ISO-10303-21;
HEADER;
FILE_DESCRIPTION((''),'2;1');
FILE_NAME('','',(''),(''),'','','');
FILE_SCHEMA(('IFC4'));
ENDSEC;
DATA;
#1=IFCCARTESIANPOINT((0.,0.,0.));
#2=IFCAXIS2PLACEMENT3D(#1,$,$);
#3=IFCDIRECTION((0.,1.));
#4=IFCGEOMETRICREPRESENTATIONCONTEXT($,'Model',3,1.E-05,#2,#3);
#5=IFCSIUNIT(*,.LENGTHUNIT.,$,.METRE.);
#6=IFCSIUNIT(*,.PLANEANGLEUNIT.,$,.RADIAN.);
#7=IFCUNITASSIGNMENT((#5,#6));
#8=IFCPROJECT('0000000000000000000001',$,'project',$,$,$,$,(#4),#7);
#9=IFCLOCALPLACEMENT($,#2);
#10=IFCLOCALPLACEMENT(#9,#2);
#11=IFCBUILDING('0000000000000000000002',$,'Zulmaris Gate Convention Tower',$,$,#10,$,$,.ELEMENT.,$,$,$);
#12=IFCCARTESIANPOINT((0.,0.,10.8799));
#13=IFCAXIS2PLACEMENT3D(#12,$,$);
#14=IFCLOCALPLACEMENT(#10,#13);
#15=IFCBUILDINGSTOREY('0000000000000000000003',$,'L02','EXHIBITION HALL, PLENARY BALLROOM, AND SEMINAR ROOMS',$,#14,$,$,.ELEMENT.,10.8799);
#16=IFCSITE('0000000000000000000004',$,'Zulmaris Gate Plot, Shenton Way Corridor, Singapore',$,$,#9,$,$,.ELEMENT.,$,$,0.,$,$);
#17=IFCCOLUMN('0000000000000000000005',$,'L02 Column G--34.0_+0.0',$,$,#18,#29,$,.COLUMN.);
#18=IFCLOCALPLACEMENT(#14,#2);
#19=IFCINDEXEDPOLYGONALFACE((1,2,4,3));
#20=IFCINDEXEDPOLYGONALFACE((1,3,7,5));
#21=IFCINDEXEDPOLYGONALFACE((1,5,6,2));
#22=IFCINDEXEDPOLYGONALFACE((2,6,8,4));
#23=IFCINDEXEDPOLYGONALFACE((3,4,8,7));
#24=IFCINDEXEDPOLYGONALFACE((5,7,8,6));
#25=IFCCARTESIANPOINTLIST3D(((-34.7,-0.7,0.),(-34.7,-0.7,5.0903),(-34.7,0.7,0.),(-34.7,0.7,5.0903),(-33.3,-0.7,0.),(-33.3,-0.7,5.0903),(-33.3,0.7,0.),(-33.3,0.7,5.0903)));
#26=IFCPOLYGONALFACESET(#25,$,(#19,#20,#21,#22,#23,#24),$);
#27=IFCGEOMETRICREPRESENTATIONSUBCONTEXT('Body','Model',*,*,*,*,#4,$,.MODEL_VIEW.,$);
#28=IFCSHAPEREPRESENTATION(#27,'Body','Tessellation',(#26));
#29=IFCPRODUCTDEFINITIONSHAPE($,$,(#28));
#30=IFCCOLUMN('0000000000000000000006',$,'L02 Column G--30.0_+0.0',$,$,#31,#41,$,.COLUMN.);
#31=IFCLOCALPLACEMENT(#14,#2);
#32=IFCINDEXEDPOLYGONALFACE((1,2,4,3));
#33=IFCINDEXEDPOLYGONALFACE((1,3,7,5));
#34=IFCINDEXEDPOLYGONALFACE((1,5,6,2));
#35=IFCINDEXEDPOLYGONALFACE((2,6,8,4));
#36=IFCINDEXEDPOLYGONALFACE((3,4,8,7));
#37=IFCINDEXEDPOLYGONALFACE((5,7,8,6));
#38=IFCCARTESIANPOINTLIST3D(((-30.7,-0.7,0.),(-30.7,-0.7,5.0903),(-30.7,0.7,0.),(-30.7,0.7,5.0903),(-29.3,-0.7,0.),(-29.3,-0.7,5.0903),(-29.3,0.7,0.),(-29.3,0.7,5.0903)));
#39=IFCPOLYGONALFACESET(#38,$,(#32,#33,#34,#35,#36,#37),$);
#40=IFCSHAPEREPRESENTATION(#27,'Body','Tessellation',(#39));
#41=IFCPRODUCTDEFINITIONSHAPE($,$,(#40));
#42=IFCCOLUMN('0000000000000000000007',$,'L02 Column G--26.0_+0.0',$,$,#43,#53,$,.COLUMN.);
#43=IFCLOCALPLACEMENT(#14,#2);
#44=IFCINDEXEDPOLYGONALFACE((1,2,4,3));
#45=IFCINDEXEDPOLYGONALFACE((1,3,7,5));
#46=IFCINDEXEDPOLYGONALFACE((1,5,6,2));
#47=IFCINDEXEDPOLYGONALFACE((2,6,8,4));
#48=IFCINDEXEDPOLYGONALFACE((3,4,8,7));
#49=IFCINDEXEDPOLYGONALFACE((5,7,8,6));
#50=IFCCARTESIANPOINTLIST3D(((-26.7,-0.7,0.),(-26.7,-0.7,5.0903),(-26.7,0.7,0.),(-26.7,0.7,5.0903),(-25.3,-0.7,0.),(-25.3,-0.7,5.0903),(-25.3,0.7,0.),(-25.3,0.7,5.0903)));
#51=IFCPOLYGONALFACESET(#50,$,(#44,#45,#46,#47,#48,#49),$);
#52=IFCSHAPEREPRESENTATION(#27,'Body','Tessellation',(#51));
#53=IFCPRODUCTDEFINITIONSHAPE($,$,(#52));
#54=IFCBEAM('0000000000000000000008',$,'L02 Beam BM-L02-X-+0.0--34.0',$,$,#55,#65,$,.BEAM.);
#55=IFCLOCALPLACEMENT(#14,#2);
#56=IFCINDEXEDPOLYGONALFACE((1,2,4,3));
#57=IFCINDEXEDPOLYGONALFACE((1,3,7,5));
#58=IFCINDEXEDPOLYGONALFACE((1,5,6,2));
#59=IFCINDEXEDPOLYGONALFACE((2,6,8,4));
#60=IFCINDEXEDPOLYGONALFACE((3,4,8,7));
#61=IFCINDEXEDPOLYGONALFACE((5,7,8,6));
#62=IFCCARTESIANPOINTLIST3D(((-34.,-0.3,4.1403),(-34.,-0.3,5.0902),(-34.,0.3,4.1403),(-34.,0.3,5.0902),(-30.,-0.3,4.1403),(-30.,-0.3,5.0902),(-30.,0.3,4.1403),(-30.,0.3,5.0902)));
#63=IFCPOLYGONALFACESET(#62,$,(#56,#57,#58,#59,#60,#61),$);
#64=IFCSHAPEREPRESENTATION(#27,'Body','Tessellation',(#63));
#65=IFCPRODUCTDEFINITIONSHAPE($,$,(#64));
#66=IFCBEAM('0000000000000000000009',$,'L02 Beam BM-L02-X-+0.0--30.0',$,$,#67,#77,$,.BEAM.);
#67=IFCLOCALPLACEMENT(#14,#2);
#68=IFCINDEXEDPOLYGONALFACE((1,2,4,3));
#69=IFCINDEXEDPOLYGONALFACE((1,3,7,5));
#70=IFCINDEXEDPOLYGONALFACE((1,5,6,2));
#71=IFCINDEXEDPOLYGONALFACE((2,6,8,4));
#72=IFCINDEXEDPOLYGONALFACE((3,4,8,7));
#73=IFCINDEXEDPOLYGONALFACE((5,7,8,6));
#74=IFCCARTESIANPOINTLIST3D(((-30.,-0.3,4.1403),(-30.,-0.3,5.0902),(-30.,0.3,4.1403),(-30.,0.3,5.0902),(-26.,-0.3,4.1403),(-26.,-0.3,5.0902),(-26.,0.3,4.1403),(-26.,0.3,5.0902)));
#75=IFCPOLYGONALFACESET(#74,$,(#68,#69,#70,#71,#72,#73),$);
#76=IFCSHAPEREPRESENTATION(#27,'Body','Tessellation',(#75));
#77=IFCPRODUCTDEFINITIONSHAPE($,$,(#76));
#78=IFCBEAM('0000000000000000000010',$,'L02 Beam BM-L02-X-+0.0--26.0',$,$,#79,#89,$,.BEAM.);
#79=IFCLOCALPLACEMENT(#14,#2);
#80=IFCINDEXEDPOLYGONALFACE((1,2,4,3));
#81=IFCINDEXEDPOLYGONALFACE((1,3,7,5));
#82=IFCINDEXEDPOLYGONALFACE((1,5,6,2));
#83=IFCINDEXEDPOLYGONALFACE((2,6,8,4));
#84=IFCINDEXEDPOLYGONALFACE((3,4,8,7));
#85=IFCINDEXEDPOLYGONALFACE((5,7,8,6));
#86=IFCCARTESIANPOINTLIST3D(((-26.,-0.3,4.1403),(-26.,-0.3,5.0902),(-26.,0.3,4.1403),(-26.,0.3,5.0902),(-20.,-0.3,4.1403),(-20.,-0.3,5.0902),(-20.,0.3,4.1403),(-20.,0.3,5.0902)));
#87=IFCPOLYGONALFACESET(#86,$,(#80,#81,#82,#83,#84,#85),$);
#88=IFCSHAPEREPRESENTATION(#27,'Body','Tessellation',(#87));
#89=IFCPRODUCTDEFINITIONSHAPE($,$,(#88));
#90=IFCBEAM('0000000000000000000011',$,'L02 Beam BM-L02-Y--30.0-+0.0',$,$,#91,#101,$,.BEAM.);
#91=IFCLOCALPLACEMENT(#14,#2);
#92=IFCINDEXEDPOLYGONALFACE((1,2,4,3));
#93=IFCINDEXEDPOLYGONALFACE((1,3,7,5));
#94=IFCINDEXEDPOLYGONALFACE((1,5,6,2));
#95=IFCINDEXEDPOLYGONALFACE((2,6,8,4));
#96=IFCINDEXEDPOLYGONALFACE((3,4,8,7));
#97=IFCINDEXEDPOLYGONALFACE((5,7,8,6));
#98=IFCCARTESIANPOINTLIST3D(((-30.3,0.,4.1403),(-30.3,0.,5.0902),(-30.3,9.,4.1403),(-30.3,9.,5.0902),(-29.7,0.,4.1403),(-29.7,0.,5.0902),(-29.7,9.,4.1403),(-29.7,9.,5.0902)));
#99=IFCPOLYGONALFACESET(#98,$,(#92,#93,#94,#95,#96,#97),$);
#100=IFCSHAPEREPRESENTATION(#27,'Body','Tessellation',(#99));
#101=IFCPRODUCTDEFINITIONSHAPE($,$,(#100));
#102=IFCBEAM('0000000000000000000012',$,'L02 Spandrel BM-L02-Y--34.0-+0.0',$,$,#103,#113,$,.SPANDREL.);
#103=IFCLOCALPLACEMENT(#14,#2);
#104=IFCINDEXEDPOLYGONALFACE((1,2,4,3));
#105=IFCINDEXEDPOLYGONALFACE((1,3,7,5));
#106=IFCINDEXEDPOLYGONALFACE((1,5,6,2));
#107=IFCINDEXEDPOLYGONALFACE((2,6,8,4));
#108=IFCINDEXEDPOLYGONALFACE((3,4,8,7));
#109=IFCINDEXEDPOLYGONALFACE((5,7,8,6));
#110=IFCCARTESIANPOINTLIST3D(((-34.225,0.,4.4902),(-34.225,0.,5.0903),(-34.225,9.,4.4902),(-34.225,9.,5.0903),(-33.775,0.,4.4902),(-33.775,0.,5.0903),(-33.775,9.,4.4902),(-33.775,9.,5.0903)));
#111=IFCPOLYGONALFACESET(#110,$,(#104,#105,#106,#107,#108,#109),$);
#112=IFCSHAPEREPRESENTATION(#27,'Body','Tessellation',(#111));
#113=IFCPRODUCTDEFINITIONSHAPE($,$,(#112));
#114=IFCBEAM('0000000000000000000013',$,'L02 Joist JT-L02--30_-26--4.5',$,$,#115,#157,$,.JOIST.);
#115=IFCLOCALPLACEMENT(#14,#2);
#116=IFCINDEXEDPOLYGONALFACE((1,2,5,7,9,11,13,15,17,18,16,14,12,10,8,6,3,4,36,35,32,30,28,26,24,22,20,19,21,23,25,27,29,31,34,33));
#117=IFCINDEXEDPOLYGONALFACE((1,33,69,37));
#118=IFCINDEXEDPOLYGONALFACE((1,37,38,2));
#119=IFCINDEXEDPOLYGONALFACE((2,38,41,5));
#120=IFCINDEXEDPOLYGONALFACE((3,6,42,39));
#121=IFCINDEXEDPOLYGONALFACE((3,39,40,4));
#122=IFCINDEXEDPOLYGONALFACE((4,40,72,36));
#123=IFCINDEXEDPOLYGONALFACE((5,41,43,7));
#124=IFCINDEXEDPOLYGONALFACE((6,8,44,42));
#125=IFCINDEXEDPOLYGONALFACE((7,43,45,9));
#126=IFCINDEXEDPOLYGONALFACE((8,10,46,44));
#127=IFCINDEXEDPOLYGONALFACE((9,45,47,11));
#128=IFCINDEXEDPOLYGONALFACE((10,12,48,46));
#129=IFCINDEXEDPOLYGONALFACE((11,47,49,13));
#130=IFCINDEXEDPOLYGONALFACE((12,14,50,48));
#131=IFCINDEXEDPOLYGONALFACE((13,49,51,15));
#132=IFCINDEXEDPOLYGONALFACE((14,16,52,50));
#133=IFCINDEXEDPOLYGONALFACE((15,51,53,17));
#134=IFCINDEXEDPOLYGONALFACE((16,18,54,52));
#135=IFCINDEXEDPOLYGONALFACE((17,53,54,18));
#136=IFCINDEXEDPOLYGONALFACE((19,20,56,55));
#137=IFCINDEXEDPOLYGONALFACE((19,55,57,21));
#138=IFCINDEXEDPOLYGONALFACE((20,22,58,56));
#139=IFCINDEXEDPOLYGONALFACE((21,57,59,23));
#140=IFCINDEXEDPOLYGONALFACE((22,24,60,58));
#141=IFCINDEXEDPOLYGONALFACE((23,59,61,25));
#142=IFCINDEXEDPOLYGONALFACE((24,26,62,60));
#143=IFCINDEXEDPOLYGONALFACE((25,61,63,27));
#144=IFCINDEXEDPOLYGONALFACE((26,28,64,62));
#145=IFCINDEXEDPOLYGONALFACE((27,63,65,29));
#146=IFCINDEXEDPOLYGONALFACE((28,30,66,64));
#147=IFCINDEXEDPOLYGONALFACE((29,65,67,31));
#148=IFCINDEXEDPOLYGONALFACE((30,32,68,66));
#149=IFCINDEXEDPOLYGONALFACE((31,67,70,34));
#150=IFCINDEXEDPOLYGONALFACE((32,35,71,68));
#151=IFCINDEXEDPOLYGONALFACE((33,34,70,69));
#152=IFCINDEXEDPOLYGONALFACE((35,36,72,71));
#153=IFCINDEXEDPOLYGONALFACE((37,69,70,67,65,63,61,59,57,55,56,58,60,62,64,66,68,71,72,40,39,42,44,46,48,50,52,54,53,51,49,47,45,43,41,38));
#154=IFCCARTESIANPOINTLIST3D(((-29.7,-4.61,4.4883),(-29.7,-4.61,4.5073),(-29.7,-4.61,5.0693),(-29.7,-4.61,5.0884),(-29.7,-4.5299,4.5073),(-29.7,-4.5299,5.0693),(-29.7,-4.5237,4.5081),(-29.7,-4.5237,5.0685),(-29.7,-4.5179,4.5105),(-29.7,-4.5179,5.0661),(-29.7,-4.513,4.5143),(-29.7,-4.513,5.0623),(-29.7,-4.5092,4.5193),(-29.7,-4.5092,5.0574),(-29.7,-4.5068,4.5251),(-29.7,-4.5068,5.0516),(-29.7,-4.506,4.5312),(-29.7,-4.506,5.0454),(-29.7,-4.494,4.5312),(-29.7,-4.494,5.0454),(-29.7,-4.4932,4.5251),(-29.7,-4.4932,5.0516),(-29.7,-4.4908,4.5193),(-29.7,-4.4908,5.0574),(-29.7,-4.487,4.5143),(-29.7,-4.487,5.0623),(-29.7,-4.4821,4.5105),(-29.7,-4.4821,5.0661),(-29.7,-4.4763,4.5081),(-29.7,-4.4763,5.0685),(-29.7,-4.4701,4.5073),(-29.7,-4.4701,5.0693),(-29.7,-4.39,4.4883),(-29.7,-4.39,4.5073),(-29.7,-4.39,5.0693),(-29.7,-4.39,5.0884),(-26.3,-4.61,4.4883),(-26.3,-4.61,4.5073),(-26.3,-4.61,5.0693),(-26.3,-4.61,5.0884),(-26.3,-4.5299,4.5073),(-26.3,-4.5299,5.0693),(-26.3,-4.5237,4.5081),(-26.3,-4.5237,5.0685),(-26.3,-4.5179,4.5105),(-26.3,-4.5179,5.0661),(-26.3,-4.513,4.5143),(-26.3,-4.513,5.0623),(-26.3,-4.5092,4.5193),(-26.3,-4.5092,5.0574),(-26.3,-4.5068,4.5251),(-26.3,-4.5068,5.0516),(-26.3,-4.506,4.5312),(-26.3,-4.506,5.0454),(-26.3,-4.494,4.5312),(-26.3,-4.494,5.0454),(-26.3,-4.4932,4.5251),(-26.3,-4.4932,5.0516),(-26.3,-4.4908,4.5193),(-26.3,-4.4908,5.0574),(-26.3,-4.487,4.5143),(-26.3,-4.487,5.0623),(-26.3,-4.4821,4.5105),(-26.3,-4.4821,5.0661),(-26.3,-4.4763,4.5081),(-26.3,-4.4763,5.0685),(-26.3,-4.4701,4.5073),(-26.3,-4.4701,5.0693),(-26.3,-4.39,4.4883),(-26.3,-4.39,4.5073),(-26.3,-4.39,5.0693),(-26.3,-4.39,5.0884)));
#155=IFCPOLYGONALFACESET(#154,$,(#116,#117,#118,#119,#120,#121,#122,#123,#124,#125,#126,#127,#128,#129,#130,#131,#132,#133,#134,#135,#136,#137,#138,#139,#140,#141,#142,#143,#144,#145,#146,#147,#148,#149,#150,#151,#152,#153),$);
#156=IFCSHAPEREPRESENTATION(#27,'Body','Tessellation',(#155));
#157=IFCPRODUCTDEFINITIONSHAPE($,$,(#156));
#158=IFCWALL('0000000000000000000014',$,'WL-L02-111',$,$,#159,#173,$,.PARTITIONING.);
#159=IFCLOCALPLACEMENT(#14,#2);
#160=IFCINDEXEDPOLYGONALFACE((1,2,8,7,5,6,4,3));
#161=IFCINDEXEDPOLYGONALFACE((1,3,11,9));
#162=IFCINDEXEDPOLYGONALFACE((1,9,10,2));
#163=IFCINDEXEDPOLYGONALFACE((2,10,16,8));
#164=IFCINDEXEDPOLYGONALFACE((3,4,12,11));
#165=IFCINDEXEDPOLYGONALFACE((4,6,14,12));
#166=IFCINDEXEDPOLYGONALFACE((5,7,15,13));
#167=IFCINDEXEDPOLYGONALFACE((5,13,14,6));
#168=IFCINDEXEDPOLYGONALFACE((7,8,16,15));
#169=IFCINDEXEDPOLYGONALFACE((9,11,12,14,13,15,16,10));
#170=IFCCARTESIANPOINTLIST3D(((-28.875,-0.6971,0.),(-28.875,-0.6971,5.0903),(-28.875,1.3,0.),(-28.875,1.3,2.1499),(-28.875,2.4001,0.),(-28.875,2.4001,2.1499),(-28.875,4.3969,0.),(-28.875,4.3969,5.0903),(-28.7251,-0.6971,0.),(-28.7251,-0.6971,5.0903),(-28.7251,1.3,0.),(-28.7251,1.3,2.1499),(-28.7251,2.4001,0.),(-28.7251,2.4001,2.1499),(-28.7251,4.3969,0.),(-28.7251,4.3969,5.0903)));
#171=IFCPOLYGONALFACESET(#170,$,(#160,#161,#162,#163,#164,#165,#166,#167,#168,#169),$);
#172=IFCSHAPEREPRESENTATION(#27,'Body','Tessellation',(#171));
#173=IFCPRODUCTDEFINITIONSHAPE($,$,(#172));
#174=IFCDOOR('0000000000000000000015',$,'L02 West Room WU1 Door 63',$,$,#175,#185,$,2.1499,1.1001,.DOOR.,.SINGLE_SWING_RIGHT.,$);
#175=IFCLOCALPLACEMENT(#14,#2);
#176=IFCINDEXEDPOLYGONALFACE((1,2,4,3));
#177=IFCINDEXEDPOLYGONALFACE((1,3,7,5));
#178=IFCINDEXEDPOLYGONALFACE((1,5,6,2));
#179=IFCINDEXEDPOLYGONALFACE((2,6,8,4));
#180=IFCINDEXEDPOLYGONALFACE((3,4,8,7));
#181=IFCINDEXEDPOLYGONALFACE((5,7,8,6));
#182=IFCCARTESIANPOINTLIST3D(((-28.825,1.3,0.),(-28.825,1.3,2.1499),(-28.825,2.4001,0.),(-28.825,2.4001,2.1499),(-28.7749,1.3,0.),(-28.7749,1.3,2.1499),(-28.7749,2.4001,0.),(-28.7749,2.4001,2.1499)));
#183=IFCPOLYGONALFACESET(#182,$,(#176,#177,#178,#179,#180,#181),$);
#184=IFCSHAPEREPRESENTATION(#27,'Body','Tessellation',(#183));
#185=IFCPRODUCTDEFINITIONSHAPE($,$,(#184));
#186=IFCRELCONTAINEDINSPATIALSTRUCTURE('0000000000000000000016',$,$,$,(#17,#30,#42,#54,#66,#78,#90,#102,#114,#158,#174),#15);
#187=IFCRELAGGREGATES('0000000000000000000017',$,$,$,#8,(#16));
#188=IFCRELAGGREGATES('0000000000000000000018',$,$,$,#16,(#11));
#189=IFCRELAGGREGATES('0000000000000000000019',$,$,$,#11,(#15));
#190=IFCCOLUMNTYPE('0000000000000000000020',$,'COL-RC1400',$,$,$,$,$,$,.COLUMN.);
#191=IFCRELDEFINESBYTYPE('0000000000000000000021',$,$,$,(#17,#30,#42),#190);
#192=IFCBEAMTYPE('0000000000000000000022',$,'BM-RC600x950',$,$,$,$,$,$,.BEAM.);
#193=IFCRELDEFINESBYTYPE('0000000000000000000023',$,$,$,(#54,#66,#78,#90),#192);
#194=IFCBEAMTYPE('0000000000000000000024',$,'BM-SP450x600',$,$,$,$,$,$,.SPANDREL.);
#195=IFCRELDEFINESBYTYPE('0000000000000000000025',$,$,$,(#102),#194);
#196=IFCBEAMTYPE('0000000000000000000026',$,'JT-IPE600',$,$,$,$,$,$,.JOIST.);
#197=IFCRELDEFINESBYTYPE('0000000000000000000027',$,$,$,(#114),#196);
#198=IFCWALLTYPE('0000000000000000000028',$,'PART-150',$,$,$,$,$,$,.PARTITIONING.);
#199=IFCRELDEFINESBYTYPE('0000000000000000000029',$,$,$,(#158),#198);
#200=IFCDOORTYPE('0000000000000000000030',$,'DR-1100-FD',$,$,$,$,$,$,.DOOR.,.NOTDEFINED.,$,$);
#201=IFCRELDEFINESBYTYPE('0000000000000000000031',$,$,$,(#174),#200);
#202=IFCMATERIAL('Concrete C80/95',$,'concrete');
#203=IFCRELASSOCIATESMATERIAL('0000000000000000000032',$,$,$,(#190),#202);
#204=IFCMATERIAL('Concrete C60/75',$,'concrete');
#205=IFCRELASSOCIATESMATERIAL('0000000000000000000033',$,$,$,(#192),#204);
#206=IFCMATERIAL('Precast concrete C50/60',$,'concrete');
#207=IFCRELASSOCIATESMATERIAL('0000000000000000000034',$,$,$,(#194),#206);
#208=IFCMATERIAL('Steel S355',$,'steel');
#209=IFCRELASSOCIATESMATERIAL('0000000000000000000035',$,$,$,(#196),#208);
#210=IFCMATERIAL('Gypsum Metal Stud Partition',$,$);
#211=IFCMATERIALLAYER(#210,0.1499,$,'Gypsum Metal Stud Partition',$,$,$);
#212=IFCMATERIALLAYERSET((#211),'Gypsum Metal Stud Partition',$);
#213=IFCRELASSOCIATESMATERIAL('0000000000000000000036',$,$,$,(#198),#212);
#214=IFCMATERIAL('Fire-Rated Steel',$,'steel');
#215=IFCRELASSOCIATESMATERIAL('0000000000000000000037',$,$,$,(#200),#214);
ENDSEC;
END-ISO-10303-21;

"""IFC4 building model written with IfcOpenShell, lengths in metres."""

from ifc_helpers import new_model, si_unit, direction, frame, frame_2d, origin, origin_2d, place, context, subcontext, project, spatial, rectangle, i_section, extrude, material, layer, layer_set, material_profile, profile_set, type_object, element, fill, save


model = new_model("IFC4")

# Units and contexts
model_context = context("Model", 3, precision=1e-05, world=origin(), true_north=direction((0.0, 1.0)))
body_context = subcontext(model_context, "Body", "Model", "MODEL_VIEW")
ifc_project = project(units=[si_unit("LENGTHUNIT", "METRE"), si_unit("PLANEANGLEUNIT", "RADIAN")], contexts=[model_context])

# Site, building, storey
site_placement = place(None, origin())
site = spatial("IfcSite", under=ifc_project, at=site_placement, Name="Zulmaris Gate Plot, Shenton Way Corridor, Singapore", CompositionType="ELEMENT", RefElevation=0.0)
building_placement = place(site_placement, origin())
building = spatial("IfcBuilding", under=site, at=building_placement, Name="Zulmaris Gate Convention Tower", CompositionType="ELEMENT")
storey_placement = place(building_placement, frame((0.0, 0.0, 10.8799)))
storey = spatial("IfcBuildingStorey", under=building, at=storey_placement, Name="L02", Description="EXHIBITION HALL, PLENARY BALLROOM, AND SEMINAR ROOMS", CompositionType="ELEMENT", Elevation=10.8799)

# Columns
ifc_material_1 = material(Name="Concrete C80/95", Category="concrete")
ifc_material_profile_1 = material_profile(ifc_material_1, rectangle(XDim=1.3999, YDim=1.3999, at=origin_2d()), Name="RC COL 1400x1400")
ifc_profile_set_1 = profile_set([ifc_material_profile_1], Name="Concrete C80/95")
column_type = type_object("IfcColumnType", Name="COL-RC1400", PredefinedType="COLUMN", material=ifc_profile_set_1)
for number, where, z_axis, x_axis, name in (
    (1, (-34.0, 0.0, 0.0), (0.0, 0.0, 1.0), (1.0, 0.0, 0.0), "L02 Column G--34.0_+0.0"),
    (2, (-30.0, 0.0, 0.0), (0.0, 0.0, 1.0), (1.0, 0.0, 0.0), "L02 Column G--30.0_+0.0"),
    (3, (-26.0, 0.0, 0.0), (0.0, 0.0, 1.0), (1.0, 0.0, 0.0), "L02 Column G--26.0_+0.0"),
):
    element("IfcColumn", number, at=place(storey_placement, frame(where, z_axis=z_axis, x_axis=x_axis)), inside=storey, type_object=column_type, Name=name, PredefinedType="COLUMN", context=body_context, shape_type="SweptSolid", body=[
        extrude(rectangle(XDim=1.3999, YDim=1.3999, at=origin_2d()), origin(), (0.0, 0.0, 1.0), 5.0903),
    ])

# Beams
ifc_material_2 = material(Name="Concrete C60/75", Category="concrete")
ifc_material_profile_2 = material_profile(ifc_material_2, rectangle(XDim=0.6001, YDim=0.95, at=origin_2d()), Name="RC BEAM 600x950")
ifc_profile_set_2 = profile_set([ifc_material_profile_2], Name="Concrete C60/75")
beam_type_1 = type_object("IfcBeamType", Name="BM-RC600x950", PredefinedType="BEAM", material=ifc_profile_set_2)
for number, where, z_axis, x_axis, name in (
    (4, (-34.0, 0.0, 4.6152), (1.0, 0.0, 0.0), (0.0, 1.0, 0.0), "L02 Beam BM-L02-X-+0.0--34.0"),
    (5, (-30.0, 0.0, 4.6152), (1.0, 0.0, 0.0), (0.0, 1.0, 0.0), "L02 Beam BM-L02-X-+0.0--30.0"),
):
    element("IfcBeam", number, at=place(storey_placement, frame(where, z_axis=z_axis, x_axis=x_axis)), inside=storey, type_object=beam_type_1, Name=name, PredefinedType="BEAM", context=body_context, shape_type="SweptSolid", body=[
        extrude(rectangle(XDim=0.6001, YDim=0.95, at=origin_2d()), origin(), (0.0, 0.0, 1.0), 4.0),
    ])
beam_1_placement = place(storey_placement, frame((-26.0, 0.0, 4.6152), z_axis=(1.0, 0.0, 0.0), x_axis=(0.0, 1.0, 0.0)))
element("IfcBeam", 6, at=beam_1_placement, inside=storey, type_object=beam_type_1, Name="L02 Beam BM-L02-X-+0.0--26.0", PredefinedType="BEAM", context=body_context, shape_type="SweptSolid", body=[
    extrude(rectangle(XDim=0.6001, YDim=0.95, at=origin_2d()), origin(), (0.0, 0.0, 1.0), 6.0),
])
beam_2_placement = place(storey_placement, frame((-30.0, 0.0, 4.6152), z_axis=(0.0, 1.0, 0.0), x_axis=(-1.0, 0.0, 0.0)))
element("IfcBeam", 7, at=beam_2_placement, inside=storey, type_object=beam_type_1, Name="L02 Beam BM-L02-Y--30.0-+0.0", PredefinedType="BEAM", context=body_context, shape_type="SweptSolid", body=[
    extrude(rectangle(XDim=0.6001, YDim=0.95, at=origin_2d()), origin(), (0.0, 0.0, 1.0), 9.0),
])
ifc_material_3 = material(Name="Precast concrete C50/60", Category="concrete")
ifc_material_profile_3 = material_profile(ifc_material_3, rectangle(XDim=0.45, YDim=0.6001, at=origin_2d()), Name="RC SPANDREL 450x600")
ifc_profile_set_3 = profile_set([ifc_material_profile_3], Name="Precast concrete C50/60")
beam_type_2 = type_object("IfcBeamType", Name="BM-SP450x600", PredefinedType="SPANDREL", material=ifc_profile_set_3)
beam_3_placement = place(storey_placement, frame((-34.0, 0.0, 4.7903), z_axis=(0.0, 1.0, 0.0), x_axis=(-1.0, 0.0, 0.0)))
element("IfcBeam", 8, at=beam_3_placement, inside=storey, type_object=beam_type_2, Name="L02 Spandrel BM-L02-Y--34.0-+0.0", PredefinedType="SPANDREL", context=body_context, shape_type="SweptSolid", body=[
    extrude(rectangle(XDim=0.45, YDim=0.6001, at=origin_2d()), origin(), (0.0, 0.0, 1.0), 9.0),
])
ifc_material_4 = material(Name="Steel S355", Category="steel")
ifc_material_profile_4 = material_profile(ifc_material_4, i_section(OverallWidth=0.22, OverallDepth=0.6001, WebThickness=0.012, FlangeThickness=0.019, FilletRadius=0.0239, at=origin_2d()), Name="IPE 600")
ifc_profile_set_4 = profile_set([ifc_material_profile_4], Name="Steel S355")
beam_type_3 = type_object("IfcBeamType", Name="JT-IPE600", PredefinedType="JOIST", material=ifc_profile_set_4)
beam_4_placement = place(storey_placement, frame((-29.7, -4.5, 4.7883), z_axis=(1.0, 0.0, 0.0), x_axis=(0.0, 1.0, 0.0)))
element("IfcBeam", 9, at=beam_4_placement, inside=storey, type_object=beam_type_3, Name="L02 Joist JT-L02--30_-26--4.5", PredefinedType="JOIST", context=body_context, shape_type="SweptSolid", body=[
    extrude(i_section(OverallWidth=0.22, OverallDepth=0.6001, WebThickness=0.012, FlangeThickness=0.019, FilletRadius=0.0239, at=origin_2d()), origin(), (0.0, 0.0, 1.0), 3.3999),
])

# Wall, opening, door
ifc_material_5 = material(Name="Gypsum Metal Stud Partition")
ifc_layer_1 = layer(ifc_material_5, 0.1499, Name="Gypsum Metal Stud Partition")
ifc_layer_set_1 = layer_set([ifc_layer_1], Name="Gypsum Metal Stud Partition")
wall_type_1 = type_object("IfcWallType", Name="PART-150", PredefinedType="PARTITIONING", material=ifc_layer_set_1)
wall_1_placement = place(storey_placement, frame((-28.8, -0.697, 0.0), z_axis=(0.0, 0.0, 1.0), x_axis=(0.0, 1.0, 0.0)))
wall_1 = element("IfcWall", 10, at=wall_1_placement, inside=storey, type_object=wall_type_1, Name="WL-L02-111", PredefinedType="PARTITIONING", context=body_context, shape_type="SweptSolid", body=[
    extrude(rectangle(XDim=5.094, YDim=0.1499, at=frame_2d((2.5469, 0.0))), origin(), (0.0, 0.0, 1.0), 5.0903),
])
opening_1_placement = place(wall_1_placement, frame((1.9971, 0.0, 0.0)))
opening_1 = element("IfcOpeningElement", 11, at=opening_1_placement, cuts=wall_1, PredefinedType="OPENING", context=body_context, shape_type="SweptSolid", body=[
    extrude(rectangle(XDim=1.1001, YDim=2.1499, at=frame_2d((0.55, 1.075))), frame((0.0, 0.085, 0.0), z_axis=(0.0, -1.0, 0.0), x_axis=(1.0, 0.0, 0.0)), (0.0, 0.0, 1.0), 0.1699),
])
ifc_material_6 = material(Name="Fire-Rated Steel", Category="steel")
door_type = type_object("IfcDoorType", Name="DR-1100-FD", OperationType="NOTDEFINED", PredefinedType="DOOR", material=ifc_material_6)
door_placement = place(opening_1_placement, origin())
door = element("IfcDoor", 12, at=door_placement, inside=storey, type_object=door_type, Name="L02 West Room WU1 Door 63", OperationType="SINGLE_SWING_RIGHT", OverallHeight=2.1499, OverallWidth=1.1001, PredefinedType="DOOR", context=body_context, shape_type="SweptSolid", body=[
    extrude(rectangle(XDim=1.1001, YDim=2.1499, at=frame_2d((0.55, 1.075))), frame((0.0, 0.0249, 0.0), z_axis=(0.0, -1.0, 0.0), x_axis=(1.0, 0.0, 0.0)), (0.0, 0.0, 1.0), 0.05),
])
fill(opening_1, door)

save(model, "model.ifc")
